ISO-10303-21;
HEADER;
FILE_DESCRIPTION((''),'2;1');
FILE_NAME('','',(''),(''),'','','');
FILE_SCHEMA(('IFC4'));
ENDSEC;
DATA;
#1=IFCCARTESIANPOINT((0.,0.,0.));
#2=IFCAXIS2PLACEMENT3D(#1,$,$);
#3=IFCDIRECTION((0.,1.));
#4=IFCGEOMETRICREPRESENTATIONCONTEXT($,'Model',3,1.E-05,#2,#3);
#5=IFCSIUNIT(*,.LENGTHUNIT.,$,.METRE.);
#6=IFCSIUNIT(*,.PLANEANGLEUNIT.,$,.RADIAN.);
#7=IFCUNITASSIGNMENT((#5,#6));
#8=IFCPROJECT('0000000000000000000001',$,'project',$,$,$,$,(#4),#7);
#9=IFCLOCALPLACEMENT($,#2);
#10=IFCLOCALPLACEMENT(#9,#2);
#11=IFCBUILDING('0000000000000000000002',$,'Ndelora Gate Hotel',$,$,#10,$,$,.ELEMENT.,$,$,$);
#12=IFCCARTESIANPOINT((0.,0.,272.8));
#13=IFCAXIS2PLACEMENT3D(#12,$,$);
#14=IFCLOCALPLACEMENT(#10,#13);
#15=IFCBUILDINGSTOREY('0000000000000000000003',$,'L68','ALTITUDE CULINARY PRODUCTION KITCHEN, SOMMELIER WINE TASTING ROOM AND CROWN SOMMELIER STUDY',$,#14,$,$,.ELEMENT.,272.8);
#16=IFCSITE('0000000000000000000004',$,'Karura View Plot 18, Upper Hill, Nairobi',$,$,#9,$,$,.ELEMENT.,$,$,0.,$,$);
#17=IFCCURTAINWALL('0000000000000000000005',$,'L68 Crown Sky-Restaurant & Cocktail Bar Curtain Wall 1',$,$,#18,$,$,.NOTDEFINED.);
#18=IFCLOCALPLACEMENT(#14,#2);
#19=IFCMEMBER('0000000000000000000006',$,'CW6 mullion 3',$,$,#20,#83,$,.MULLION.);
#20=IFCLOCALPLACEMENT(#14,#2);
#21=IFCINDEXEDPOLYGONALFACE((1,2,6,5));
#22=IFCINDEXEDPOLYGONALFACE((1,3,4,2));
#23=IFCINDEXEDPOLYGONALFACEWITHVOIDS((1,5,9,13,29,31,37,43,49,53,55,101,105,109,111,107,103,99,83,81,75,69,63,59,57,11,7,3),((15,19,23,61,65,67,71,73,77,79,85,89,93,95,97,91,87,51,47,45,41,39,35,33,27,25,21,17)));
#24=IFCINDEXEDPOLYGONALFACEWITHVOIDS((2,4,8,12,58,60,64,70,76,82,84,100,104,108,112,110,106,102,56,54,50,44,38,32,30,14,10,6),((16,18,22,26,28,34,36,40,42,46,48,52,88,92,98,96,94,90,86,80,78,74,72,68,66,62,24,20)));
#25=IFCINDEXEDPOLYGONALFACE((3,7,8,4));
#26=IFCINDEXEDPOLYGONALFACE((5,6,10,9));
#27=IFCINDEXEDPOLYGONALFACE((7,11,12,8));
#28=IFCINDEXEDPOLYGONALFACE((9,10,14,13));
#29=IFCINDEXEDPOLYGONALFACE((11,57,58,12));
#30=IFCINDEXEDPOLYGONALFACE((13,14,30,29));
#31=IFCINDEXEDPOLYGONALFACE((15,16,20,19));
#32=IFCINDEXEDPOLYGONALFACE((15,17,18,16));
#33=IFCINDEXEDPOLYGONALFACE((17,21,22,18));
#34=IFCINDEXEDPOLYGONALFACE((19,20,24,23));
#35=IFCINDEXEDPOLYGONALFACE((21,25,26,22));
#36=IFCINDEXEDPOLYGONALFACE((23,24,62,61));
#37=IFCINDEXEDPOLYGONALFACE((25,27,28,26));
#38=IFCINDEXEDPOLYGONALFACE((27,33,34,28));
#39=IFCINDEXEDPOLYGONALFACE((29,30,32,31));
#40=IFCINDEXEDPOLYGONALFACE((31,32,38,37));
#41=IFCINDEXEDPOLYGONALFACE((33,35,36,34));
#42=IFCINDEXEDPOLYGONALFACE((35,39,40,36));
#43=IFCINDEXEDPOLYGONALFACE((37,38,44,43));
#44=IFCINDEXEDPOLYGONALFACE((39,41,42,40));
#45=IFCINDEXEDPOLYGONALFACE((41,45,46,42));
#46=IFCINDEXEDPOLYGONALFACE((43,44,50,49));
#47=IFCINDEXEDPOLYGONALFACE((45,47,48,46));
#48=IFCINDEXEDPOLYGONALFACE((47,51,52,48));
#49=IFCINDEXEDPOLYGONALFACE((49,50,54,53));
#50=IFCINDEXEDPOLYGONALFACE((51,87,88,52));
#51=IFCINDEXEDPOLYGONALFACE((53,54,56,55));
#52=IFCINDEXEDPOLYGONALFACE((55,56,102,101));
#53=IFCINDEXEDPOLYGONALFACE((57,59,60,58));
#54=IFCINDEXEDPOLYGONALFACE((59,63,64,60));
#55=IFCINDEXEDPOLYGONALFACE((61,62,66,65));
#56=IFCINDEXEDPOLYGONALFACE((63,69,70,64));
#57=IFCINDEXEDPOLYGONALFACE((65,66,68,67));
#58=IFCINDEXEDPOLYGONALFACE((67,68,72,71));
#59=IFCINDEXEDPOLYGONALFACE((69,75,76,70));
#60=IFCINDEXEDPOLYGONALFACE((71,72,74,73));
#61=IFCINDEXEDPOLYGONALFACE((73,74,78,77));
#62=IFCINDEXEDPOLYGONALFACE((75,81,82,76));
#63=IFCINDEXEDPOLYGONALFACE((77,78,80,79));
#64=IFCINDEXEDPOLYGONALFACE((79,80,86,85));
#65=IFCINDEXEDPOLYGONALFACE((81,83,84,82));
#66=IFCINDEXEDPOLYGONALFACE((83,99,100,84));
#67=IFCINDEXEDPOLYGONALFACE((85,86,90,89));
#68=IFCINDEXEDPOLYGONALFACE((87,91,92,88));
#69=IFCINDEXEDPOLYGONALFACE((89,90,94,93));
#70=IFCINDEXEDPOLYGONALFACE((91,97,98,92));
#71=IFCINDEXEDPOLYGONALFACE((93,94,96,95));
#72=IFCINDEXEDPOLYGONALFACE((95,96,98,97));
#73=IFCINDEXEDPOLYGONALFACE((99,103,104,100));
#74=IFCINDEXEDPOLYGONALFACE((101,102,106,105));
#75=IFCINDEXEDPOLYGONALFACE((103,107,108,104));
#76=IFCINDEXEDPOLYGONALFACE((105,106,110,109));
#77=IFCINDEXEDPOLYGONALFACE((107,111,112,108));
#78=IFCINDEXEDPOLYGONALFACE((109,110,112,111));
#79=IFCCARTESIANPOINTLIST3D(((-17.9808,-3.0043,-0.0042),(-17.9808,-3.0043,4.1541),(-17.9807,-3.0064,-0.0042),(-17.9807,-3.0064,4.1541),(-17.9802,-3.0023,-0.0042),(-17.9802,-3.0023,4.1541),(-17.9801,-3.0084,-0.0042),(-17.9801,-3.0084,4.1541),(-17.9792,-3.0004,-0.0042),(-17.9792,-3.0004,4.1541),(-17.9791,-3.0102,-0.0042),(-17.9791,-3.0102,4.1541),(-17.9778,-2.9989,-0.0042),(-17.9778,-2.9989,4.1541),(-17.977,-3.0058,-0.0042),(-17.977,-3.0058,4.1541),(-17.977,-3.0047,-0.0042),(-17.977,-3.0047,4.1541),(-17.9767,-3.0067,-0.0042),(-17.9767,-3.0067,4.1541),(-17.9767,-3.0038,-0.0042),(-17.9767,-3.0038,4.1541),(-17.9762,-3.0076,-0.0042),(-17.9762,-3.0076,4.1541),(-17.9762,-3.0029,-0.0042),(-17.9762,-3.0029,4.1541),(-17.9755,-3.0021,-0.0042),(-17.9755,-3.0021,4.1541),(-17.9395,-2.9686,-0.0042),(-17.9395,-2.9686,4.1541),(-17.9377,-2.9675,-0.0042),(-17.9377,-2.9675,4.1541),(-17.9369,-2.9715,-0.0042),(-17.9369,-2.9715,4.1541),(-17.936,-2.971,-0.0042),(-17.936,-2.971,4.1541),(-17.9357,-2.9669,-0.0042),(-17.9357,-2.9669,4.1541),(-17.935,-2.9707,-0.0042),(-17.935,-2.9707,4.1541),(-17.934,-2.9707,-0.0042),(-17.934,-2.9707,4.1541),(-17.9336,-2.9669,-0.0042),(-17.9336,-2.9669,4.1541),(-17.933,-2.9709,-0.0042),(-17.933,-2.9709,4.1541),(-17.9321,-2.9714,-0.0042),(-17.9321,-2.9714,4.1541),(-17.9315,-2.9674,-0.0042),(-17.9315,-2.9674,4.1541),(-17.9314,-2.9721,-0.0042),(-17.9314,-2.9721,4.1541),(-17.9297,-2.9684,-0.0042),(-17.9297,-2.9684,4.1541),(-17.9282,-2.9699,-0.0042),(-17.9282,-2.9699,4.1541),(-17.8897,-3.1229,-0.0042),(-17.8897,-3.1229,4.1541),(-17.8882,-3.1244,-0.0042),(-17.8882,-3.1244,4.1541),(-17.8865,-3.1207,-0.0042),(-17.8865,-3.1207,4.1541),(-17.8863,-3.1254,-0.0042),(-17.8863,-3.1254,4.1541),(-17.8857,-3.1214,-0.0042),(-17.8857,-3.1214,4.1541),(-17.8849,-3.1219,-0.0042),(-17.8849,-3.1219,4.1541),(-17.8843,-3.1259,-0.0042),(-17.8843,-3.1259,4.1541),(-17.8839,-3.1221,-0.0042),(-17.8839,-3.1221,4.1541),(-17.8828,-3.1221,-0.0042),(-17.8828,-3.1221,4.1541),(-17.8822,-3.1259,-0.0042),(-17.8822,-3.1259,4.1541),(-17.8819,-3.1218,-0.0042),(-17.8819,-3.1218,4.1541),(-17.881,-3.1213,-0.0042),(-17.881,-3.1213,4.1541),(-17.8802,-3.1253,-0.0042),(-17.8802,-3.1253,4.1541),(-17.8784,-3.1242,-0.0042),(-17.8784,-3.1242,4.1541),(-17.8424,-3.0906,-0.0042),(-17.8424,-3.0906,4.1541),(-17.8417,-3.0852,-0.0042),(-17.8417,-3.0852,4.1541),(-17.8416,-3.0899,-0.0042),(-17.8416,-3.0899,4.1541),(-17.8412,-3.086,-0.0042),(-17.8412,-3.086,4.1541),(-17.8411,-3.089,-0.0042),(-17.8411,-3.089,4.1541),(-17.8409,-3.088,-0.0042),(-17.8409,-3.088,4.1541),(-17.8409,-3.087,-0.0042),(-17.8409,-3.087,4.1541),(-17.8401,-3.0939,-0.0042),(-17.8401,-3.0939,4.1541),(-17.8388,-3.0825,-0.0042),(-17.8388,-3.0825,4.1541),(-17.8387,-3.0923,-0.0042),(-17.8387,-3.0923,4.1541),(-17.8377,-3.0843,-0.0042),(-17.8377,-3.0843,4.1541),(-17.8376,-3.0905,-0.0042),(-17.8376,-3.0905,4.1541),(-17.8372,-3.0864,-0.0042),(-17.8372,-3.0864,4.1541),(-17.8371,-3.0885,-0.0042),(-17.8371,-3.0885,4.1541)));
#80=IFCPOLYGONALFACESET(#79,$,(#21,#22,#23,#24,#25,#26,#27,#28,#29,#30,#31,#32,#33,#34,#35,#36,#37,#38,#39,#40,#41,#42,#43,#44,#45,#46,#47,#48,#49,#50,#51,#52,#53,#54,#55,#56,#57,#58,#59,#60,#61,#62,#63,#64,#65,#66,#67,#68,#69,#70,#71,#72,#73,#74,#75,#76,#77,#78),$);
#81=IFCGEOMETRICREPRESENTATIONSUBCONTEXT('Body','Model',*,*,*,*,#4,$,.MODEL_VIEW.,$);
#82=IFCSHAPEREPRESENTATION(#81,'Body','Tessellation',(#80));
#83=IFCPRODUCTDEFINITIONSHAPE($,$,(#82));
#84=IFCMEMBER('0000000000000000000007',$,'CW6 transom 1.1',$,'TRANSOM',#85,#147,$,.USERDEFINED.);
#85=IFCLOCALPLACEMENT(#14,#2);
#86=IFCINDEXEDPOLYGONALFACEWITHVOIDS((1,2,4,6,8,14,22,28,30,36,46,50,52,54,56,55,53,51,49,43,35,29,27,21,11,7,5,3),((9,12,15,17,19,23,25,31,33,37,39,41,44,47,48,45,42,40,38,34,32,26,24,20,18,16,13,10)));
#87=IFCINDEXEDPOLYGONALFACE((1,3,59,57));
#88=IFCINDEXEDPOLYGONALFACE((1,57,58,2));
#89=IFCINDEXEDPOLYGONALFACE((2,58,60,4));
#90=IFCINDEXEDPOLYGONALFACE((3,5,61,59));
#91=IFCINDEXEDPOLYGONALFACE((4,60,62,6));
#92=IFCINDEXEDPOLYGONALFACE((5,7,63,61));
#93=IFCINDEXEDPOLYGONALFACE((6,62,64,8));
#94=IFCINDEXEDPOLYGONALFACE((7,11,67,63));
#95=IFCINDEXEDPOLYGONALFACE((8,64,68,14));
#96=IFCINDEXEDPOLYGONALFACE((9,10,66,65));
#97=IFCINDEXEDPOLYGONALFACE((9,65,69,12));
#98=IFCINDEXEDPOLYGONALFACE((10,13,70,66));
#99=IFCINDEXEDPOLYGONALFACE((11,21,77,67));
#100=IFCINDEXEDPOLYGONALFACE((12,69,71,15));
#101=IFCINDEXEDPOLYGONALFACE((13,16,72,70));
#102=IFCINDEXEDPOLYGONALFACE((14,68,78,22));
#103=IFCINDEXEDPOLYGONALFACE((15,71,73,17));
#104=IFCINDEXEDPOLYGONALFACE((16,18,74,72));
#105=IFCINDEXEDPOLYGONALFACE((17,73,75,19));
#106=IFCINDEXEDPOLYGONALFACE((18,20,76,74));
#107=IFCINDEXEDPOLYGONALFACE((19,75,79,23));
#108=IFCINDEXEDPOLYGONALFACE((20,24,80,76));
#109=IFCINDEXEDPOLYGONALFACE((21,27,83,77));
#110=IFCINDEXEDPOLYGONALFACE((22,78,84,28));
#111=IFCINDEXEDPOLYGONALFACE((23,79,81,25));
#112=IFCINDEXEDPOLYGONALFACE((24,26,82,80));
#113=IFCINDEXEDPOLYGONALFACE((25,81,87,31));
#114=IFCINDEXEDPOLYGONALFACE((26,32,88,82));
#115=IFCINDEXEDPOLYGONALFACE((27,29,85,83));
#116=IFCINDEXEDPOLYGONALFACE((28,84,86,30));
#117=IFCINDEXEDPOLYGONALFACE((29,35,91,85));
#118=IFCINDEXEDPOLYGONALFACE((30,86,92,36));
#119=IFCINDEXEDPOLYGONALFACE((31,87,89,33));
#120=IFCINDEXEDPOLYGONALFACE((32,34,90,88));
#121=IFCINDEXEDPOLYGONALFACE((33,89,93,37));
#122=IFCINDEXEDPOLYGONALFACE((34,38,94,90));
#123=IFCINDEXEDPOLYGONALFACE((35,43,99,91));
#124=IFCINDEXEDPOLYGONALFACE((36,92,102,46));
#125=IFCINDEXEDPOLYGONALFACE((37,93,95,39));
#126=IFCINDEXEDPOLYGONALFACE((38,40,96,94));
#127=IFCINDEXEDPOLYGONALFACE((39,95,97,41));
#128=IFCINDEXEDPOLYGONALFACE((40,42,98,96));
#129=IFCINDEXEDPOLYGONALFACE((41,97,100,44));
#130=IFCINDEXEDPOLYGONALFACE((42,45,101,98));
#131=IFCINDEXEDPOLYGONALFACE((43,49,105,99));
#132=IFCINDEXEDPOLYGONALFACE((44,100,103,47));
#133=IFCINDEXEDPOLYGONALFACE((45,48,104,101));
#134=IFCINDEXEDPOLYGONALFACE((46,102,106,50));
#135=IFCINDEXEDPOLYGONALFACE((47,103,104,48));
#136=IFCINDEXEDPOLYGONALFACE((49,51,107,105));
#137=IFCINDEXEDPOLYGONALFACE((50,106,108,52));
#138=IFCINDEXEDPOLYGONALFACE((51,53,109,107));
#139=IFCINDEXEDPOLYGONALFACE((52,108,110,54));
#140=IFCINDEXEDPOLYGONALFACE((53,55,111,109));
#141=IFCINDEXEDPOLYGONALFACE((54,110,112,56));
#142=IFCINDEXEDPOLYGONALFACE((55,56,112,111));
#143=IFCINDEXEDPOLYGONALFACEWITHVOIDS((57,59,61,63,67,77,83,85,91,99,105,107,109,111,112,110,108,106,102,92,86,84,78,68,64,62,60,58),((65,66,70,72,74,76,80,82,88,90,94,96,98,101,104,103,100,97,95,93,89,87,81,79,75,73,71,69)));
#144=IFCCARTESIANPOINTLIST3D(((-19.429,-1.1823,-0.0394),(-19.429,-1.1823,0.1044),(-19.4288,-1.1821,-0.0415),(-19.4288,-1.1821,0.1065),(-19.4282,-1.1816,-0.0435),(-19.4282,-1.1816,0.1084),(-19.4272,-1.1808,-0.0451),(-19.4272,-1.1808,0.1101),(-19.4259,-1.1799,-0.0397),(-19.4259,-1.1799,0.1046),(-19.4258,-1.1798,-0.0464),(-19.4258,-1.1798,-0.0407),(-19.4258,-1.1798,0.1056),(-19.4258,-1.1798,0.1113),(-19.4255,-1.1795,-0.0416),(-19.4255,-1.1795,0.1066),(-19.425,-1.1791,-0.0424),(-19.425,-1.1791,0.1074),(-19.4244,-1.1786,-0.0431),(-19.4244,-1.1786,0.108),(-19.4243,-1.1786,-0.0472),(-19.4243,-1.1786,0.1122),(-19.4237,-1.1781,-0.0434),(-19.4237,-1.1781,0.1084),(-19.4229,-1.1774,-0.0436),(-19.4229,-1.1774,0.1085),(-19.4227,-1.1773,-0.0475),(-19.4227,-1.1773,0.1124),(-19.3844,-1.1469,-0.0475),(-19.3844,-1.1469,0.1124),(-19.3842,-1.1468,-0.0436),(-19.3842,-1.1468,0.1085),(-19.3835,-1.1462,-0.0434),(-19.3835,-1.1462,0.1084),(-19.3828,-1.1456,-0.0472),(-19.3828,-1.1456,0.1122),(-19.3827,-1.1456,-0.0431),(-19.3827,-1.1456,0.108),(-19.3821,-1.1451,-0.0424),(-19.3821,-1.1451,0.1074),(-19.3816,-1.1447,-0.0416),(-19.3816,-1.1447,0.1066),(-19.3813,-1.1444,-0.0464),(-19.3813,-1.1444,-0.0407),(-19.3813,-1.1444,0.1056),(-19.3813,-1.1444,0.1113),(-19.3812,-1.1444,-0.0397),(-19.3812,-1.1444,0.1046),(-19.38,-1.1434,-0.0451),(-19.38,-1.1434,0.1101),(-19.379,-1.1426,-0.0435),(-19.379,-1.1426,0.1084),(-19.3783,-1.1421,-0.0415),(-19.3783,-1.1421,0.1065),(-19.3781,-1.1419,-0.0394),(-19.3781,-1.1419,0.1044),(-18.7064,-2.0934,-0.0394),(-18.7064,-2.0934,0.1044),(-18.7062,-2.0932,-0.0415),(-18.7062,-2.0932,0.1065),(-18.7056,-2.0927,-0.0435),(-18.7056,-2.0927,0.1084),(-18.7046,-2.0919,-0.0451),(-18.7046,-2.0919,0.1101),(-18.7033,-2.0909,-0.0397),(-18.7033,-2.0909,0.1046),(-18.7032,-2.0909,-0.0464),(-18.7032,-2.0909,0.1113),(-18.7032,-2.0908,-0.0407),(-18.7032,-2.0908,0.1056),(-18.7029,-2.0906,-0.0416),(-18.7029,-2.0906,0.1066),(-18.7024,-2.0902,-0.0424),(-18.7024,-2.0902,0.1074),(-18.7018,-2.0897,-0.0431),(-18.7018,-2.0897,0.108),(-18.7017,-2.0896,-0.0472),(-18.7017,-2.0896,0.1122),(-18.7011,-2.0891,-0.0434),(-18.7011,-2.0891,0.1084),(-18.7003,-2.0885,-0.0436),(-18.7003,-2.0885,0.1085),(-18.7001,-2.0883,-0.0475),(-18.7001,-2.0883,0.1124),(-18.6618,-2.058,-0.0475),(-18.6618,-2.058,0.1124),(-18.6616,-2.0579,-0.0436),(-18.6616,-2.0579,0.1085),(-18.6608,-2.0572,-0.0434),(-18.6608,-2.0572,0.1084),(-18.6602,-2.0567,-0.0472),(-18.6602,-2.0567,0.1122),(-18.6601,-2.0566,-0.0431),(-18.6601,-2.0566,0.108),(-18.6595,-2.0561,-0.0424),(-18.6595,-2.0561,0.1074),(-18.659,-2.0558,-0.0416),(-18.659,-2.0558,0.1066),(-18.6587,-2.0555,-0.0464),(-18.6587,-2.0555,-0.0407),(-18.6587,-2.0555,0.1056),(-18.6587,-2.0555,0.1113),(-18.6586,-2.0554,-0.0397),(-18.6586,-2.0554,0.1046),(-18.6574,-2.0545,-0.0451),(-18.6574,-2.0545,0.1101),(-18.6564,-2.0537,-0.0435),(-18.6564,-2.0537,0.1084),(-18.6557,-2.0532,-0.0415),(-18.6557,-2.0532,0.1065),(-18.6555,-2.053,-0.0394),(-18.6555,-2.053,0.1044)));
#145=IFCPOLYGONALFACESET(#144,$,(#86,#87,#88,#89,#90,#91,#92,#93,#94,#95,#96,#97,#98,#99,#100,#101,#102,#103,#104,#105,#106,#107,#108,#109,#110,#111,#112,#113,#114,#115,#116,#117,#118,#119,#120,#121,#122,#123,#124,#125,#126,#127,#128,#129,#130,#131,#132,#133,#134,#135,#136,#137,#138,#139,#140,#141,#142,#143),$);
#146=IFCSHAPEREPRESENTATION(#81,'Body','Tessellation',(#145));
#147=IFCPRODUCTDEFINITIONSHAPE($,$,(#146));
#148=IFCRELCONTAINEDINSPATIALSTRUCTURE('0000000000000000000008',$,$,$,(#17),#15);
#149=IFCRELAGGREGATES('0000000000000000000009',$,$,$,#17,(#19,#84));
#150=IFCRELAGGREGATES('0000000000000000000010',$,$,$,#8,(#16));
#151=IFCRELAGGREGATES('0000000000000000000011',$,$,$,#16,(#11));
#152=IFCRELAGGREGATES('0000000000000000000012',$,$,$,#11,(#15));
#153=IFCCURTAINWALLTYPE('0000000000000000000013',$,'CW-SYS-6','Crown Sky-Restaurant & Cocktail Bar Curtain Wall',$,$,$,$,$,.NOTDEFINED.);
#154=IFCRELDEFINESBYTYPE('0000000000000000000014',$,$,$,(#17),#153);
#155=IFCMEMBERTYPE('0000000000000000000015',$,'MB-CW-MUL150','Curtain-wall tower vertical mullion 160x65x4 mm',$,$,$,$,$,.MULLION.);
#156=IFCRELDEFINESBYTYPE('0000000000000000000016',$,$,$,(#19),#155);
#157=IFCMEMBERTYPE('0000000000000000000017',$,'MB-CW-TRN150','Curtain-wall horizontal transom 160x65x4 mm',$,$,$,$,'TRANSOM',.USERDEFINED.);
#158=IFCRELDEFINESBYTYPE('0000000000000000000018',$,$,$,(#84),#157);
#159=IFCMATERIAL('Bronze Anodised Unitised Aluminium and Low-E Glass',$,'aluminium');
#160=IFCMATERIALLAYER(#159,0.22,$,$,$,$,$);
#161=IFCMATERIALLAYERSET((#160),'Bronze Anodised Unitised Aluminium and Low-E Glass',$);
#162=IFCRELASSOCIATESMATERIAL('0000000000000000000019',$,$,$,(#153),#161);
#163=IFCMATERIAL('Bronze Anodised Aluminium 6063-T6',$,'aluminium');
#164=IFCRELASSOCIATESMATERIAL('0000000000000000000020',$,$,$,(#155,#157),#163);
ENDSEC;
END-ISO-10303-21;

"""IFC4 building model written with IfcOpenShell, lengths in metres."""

from ifc_helpers import new_model, si_unit, direction, frame, origin, origin_2d, place, context, subcontext, project, spatial, hollow_rectangle, extrude, material, layer, layer_set, material_profile, profile_set, type_object, element, aggregate, save


model = new_model("IFC4")

# Units and contexts
model_context = context("Model", 3, precision=1e-05, world=origin(), true_north=direction((0.0, 1.0)))
body_context = subcontext(model_context, "Body", "Model", "MODEL_VIEW")
ifc_project = project(units=[si_unit("LENGTHUNIT", "METRE"), si_unit("PLANEANGLEUNIT", "RADIAN")], contexts=[model_context])

# Site, building, storey
site_placement = place(None, origin())
site = spatial("IfcSite", under=ifc_project, at=site_placement, Name="Karura View Plot 18, Upper Hill, Nairobi", CompositionType="ELEMENT", RefElevation=0.0)
building_placement = place(site_placement, origin())
building = spatial("IfcBuilding", under=site, at=building_placement, Name="Ndelora Gate Hotel", CompositionType="ELEMENT")
storey_placement = place(building_placement, frame((0.0, 0.0, 272.8)))
storey = spatial("IfcBuildingStorey", under=building, at=storey_placement, Name="L68", Description="ALTITUDE CULINARY PRODUCTION KITCHEN, SOMMELIER WINE TASTING ROOM AND CROWN SOMMELIER STUDY", CompositionType="ELEMENT", Elevation=272.8)

# Curtain wall, members
ifc_material_1 = material(Name="Bronze Anodised Unitised Aluminium and Low-E Glass", Category="aluminium")
ifc_layer_1 = layer(ifc_material_1, 0.22)
ifc_layer_set_1 = layer_set([ifc_layer_1], Name="Bronze Anodised Unitised Aluminium and Low-E Glass")
curtain_wall_type = type_object("IfcCurtainWallType", Name="CW-SYS-6", Description="Crown Sky-Restaurant & Cocktail Bar Curtain Wall", PredefinedType="NOTDEFINED", material=ifc_layer_set_1)
curtain_wall_placement = place(storey_placement, origin())
curtain_wall = element("IfcCurtainWall", 1, at=curtain_wall_placement, inside=storey, type_object=curtain_wall_type, Name="L68 Crown Sky-Restaurant & Cocktail Bar Curtain Wall 1", PredefinedType="NOTDEFINED")
ifc_material_2 = material(Name="Bronze Anodised Aluminium 6063-T6", Category="aluminium")
ifc_material_profile_1 = material_profile(ifc_material_2, hollow_rectangle(XDim=0.0649, YDim=0.1599, WallThickness=0.0039, InnerFilletRadius=0.0039, OuterFilletRadius=0.0081, at=origin_2d()), Name="ALU 160x65x4")
ifc_profile_set_1 = profile_set([ifc_material_profile_1], Name="Bronze Anodised Aluminium 6063-T6")
member_type_1 = type_object("IfcMemberType", Name="MB-CW-MUL150", Description="Curtain-wall tower vertical mullion 160x65x4 mm", PredefinedType="MULLION", material=ifc_profile_set_1)
member_1_placement = place(storey_placement, frame((-17.9089, -3.0464, -0.0042), z_axis=(0.0, 0.0, 1.0), x_axis=(0.78341, 0.621505, 0.0)))
member_1 = element("IfcMember", 2, at=member_1_placement, type_object=member_type_1, Name="CW6 mullion 3", PredefinedType="MULLION", context=body_context, shape_type="SweptSolid", body=[
    extrude(hollow_rectangle(XDim=0.0649, YDim=0.1599, WallThickness=0.0039, InnerFilletRadius=0.0039, OuterFilletRadius=0.0081, at=origin_2d()), origin(), (0.0, 0.0, 1.0), 4.1582),
])
ifc_material_profile_2 = material_profile(ifc_material_2, hollow_rectangle(XDim=0.0649, YDim=0.1599, WallThickness=0.0039, InnerFilletRadius=0.0039, OuterFilletRadius=0.0081, at=origin_2d()), Name="ALU 160x65x4")
ifc_profile_set_2 = profile_set([ifc_material_profile_2], Name="Bronze Anodised Aluminium 6063-T6")
member_type_2 = type_object("IfcMemberType", Name="MB-CW-TRN150", Description="Curtain-wall horizontal transom 160x65x4 mm", ElementType="TRANSOM", PredefinedType="USERDEFINED", material=ifc_profile_set_2)
member_2_placement = place(storey_placement, frame((-19.4036, -1.1621, 0.0325), z_axis=(0.621412, -0.783484, 0.0), x_axis=(0.783484, 0.621412, 0.0)))
member_2 = element("IfcMember", 3, at=member_2_placement, type_object=member_type_2, Name="CW6 transom 1.1", ObjectType="TRANSOM", PredefinedType="USERDEFINED", context=body_context, shape_type="SweptSolid", body=[
    extrude(hollow_rectangle(XDim=0.0649, YDim=0.1599, WallThickness=0.0039, InnerFilletRadius=0.0039, OuterFilletRadius=0.0081, at=origin_2d()), origin(), (0.0, 0.0, 1.0), 1.1628),
])
aggregate(curtain_wall, [member_1, member_2])

save(model, "model.ifc")
